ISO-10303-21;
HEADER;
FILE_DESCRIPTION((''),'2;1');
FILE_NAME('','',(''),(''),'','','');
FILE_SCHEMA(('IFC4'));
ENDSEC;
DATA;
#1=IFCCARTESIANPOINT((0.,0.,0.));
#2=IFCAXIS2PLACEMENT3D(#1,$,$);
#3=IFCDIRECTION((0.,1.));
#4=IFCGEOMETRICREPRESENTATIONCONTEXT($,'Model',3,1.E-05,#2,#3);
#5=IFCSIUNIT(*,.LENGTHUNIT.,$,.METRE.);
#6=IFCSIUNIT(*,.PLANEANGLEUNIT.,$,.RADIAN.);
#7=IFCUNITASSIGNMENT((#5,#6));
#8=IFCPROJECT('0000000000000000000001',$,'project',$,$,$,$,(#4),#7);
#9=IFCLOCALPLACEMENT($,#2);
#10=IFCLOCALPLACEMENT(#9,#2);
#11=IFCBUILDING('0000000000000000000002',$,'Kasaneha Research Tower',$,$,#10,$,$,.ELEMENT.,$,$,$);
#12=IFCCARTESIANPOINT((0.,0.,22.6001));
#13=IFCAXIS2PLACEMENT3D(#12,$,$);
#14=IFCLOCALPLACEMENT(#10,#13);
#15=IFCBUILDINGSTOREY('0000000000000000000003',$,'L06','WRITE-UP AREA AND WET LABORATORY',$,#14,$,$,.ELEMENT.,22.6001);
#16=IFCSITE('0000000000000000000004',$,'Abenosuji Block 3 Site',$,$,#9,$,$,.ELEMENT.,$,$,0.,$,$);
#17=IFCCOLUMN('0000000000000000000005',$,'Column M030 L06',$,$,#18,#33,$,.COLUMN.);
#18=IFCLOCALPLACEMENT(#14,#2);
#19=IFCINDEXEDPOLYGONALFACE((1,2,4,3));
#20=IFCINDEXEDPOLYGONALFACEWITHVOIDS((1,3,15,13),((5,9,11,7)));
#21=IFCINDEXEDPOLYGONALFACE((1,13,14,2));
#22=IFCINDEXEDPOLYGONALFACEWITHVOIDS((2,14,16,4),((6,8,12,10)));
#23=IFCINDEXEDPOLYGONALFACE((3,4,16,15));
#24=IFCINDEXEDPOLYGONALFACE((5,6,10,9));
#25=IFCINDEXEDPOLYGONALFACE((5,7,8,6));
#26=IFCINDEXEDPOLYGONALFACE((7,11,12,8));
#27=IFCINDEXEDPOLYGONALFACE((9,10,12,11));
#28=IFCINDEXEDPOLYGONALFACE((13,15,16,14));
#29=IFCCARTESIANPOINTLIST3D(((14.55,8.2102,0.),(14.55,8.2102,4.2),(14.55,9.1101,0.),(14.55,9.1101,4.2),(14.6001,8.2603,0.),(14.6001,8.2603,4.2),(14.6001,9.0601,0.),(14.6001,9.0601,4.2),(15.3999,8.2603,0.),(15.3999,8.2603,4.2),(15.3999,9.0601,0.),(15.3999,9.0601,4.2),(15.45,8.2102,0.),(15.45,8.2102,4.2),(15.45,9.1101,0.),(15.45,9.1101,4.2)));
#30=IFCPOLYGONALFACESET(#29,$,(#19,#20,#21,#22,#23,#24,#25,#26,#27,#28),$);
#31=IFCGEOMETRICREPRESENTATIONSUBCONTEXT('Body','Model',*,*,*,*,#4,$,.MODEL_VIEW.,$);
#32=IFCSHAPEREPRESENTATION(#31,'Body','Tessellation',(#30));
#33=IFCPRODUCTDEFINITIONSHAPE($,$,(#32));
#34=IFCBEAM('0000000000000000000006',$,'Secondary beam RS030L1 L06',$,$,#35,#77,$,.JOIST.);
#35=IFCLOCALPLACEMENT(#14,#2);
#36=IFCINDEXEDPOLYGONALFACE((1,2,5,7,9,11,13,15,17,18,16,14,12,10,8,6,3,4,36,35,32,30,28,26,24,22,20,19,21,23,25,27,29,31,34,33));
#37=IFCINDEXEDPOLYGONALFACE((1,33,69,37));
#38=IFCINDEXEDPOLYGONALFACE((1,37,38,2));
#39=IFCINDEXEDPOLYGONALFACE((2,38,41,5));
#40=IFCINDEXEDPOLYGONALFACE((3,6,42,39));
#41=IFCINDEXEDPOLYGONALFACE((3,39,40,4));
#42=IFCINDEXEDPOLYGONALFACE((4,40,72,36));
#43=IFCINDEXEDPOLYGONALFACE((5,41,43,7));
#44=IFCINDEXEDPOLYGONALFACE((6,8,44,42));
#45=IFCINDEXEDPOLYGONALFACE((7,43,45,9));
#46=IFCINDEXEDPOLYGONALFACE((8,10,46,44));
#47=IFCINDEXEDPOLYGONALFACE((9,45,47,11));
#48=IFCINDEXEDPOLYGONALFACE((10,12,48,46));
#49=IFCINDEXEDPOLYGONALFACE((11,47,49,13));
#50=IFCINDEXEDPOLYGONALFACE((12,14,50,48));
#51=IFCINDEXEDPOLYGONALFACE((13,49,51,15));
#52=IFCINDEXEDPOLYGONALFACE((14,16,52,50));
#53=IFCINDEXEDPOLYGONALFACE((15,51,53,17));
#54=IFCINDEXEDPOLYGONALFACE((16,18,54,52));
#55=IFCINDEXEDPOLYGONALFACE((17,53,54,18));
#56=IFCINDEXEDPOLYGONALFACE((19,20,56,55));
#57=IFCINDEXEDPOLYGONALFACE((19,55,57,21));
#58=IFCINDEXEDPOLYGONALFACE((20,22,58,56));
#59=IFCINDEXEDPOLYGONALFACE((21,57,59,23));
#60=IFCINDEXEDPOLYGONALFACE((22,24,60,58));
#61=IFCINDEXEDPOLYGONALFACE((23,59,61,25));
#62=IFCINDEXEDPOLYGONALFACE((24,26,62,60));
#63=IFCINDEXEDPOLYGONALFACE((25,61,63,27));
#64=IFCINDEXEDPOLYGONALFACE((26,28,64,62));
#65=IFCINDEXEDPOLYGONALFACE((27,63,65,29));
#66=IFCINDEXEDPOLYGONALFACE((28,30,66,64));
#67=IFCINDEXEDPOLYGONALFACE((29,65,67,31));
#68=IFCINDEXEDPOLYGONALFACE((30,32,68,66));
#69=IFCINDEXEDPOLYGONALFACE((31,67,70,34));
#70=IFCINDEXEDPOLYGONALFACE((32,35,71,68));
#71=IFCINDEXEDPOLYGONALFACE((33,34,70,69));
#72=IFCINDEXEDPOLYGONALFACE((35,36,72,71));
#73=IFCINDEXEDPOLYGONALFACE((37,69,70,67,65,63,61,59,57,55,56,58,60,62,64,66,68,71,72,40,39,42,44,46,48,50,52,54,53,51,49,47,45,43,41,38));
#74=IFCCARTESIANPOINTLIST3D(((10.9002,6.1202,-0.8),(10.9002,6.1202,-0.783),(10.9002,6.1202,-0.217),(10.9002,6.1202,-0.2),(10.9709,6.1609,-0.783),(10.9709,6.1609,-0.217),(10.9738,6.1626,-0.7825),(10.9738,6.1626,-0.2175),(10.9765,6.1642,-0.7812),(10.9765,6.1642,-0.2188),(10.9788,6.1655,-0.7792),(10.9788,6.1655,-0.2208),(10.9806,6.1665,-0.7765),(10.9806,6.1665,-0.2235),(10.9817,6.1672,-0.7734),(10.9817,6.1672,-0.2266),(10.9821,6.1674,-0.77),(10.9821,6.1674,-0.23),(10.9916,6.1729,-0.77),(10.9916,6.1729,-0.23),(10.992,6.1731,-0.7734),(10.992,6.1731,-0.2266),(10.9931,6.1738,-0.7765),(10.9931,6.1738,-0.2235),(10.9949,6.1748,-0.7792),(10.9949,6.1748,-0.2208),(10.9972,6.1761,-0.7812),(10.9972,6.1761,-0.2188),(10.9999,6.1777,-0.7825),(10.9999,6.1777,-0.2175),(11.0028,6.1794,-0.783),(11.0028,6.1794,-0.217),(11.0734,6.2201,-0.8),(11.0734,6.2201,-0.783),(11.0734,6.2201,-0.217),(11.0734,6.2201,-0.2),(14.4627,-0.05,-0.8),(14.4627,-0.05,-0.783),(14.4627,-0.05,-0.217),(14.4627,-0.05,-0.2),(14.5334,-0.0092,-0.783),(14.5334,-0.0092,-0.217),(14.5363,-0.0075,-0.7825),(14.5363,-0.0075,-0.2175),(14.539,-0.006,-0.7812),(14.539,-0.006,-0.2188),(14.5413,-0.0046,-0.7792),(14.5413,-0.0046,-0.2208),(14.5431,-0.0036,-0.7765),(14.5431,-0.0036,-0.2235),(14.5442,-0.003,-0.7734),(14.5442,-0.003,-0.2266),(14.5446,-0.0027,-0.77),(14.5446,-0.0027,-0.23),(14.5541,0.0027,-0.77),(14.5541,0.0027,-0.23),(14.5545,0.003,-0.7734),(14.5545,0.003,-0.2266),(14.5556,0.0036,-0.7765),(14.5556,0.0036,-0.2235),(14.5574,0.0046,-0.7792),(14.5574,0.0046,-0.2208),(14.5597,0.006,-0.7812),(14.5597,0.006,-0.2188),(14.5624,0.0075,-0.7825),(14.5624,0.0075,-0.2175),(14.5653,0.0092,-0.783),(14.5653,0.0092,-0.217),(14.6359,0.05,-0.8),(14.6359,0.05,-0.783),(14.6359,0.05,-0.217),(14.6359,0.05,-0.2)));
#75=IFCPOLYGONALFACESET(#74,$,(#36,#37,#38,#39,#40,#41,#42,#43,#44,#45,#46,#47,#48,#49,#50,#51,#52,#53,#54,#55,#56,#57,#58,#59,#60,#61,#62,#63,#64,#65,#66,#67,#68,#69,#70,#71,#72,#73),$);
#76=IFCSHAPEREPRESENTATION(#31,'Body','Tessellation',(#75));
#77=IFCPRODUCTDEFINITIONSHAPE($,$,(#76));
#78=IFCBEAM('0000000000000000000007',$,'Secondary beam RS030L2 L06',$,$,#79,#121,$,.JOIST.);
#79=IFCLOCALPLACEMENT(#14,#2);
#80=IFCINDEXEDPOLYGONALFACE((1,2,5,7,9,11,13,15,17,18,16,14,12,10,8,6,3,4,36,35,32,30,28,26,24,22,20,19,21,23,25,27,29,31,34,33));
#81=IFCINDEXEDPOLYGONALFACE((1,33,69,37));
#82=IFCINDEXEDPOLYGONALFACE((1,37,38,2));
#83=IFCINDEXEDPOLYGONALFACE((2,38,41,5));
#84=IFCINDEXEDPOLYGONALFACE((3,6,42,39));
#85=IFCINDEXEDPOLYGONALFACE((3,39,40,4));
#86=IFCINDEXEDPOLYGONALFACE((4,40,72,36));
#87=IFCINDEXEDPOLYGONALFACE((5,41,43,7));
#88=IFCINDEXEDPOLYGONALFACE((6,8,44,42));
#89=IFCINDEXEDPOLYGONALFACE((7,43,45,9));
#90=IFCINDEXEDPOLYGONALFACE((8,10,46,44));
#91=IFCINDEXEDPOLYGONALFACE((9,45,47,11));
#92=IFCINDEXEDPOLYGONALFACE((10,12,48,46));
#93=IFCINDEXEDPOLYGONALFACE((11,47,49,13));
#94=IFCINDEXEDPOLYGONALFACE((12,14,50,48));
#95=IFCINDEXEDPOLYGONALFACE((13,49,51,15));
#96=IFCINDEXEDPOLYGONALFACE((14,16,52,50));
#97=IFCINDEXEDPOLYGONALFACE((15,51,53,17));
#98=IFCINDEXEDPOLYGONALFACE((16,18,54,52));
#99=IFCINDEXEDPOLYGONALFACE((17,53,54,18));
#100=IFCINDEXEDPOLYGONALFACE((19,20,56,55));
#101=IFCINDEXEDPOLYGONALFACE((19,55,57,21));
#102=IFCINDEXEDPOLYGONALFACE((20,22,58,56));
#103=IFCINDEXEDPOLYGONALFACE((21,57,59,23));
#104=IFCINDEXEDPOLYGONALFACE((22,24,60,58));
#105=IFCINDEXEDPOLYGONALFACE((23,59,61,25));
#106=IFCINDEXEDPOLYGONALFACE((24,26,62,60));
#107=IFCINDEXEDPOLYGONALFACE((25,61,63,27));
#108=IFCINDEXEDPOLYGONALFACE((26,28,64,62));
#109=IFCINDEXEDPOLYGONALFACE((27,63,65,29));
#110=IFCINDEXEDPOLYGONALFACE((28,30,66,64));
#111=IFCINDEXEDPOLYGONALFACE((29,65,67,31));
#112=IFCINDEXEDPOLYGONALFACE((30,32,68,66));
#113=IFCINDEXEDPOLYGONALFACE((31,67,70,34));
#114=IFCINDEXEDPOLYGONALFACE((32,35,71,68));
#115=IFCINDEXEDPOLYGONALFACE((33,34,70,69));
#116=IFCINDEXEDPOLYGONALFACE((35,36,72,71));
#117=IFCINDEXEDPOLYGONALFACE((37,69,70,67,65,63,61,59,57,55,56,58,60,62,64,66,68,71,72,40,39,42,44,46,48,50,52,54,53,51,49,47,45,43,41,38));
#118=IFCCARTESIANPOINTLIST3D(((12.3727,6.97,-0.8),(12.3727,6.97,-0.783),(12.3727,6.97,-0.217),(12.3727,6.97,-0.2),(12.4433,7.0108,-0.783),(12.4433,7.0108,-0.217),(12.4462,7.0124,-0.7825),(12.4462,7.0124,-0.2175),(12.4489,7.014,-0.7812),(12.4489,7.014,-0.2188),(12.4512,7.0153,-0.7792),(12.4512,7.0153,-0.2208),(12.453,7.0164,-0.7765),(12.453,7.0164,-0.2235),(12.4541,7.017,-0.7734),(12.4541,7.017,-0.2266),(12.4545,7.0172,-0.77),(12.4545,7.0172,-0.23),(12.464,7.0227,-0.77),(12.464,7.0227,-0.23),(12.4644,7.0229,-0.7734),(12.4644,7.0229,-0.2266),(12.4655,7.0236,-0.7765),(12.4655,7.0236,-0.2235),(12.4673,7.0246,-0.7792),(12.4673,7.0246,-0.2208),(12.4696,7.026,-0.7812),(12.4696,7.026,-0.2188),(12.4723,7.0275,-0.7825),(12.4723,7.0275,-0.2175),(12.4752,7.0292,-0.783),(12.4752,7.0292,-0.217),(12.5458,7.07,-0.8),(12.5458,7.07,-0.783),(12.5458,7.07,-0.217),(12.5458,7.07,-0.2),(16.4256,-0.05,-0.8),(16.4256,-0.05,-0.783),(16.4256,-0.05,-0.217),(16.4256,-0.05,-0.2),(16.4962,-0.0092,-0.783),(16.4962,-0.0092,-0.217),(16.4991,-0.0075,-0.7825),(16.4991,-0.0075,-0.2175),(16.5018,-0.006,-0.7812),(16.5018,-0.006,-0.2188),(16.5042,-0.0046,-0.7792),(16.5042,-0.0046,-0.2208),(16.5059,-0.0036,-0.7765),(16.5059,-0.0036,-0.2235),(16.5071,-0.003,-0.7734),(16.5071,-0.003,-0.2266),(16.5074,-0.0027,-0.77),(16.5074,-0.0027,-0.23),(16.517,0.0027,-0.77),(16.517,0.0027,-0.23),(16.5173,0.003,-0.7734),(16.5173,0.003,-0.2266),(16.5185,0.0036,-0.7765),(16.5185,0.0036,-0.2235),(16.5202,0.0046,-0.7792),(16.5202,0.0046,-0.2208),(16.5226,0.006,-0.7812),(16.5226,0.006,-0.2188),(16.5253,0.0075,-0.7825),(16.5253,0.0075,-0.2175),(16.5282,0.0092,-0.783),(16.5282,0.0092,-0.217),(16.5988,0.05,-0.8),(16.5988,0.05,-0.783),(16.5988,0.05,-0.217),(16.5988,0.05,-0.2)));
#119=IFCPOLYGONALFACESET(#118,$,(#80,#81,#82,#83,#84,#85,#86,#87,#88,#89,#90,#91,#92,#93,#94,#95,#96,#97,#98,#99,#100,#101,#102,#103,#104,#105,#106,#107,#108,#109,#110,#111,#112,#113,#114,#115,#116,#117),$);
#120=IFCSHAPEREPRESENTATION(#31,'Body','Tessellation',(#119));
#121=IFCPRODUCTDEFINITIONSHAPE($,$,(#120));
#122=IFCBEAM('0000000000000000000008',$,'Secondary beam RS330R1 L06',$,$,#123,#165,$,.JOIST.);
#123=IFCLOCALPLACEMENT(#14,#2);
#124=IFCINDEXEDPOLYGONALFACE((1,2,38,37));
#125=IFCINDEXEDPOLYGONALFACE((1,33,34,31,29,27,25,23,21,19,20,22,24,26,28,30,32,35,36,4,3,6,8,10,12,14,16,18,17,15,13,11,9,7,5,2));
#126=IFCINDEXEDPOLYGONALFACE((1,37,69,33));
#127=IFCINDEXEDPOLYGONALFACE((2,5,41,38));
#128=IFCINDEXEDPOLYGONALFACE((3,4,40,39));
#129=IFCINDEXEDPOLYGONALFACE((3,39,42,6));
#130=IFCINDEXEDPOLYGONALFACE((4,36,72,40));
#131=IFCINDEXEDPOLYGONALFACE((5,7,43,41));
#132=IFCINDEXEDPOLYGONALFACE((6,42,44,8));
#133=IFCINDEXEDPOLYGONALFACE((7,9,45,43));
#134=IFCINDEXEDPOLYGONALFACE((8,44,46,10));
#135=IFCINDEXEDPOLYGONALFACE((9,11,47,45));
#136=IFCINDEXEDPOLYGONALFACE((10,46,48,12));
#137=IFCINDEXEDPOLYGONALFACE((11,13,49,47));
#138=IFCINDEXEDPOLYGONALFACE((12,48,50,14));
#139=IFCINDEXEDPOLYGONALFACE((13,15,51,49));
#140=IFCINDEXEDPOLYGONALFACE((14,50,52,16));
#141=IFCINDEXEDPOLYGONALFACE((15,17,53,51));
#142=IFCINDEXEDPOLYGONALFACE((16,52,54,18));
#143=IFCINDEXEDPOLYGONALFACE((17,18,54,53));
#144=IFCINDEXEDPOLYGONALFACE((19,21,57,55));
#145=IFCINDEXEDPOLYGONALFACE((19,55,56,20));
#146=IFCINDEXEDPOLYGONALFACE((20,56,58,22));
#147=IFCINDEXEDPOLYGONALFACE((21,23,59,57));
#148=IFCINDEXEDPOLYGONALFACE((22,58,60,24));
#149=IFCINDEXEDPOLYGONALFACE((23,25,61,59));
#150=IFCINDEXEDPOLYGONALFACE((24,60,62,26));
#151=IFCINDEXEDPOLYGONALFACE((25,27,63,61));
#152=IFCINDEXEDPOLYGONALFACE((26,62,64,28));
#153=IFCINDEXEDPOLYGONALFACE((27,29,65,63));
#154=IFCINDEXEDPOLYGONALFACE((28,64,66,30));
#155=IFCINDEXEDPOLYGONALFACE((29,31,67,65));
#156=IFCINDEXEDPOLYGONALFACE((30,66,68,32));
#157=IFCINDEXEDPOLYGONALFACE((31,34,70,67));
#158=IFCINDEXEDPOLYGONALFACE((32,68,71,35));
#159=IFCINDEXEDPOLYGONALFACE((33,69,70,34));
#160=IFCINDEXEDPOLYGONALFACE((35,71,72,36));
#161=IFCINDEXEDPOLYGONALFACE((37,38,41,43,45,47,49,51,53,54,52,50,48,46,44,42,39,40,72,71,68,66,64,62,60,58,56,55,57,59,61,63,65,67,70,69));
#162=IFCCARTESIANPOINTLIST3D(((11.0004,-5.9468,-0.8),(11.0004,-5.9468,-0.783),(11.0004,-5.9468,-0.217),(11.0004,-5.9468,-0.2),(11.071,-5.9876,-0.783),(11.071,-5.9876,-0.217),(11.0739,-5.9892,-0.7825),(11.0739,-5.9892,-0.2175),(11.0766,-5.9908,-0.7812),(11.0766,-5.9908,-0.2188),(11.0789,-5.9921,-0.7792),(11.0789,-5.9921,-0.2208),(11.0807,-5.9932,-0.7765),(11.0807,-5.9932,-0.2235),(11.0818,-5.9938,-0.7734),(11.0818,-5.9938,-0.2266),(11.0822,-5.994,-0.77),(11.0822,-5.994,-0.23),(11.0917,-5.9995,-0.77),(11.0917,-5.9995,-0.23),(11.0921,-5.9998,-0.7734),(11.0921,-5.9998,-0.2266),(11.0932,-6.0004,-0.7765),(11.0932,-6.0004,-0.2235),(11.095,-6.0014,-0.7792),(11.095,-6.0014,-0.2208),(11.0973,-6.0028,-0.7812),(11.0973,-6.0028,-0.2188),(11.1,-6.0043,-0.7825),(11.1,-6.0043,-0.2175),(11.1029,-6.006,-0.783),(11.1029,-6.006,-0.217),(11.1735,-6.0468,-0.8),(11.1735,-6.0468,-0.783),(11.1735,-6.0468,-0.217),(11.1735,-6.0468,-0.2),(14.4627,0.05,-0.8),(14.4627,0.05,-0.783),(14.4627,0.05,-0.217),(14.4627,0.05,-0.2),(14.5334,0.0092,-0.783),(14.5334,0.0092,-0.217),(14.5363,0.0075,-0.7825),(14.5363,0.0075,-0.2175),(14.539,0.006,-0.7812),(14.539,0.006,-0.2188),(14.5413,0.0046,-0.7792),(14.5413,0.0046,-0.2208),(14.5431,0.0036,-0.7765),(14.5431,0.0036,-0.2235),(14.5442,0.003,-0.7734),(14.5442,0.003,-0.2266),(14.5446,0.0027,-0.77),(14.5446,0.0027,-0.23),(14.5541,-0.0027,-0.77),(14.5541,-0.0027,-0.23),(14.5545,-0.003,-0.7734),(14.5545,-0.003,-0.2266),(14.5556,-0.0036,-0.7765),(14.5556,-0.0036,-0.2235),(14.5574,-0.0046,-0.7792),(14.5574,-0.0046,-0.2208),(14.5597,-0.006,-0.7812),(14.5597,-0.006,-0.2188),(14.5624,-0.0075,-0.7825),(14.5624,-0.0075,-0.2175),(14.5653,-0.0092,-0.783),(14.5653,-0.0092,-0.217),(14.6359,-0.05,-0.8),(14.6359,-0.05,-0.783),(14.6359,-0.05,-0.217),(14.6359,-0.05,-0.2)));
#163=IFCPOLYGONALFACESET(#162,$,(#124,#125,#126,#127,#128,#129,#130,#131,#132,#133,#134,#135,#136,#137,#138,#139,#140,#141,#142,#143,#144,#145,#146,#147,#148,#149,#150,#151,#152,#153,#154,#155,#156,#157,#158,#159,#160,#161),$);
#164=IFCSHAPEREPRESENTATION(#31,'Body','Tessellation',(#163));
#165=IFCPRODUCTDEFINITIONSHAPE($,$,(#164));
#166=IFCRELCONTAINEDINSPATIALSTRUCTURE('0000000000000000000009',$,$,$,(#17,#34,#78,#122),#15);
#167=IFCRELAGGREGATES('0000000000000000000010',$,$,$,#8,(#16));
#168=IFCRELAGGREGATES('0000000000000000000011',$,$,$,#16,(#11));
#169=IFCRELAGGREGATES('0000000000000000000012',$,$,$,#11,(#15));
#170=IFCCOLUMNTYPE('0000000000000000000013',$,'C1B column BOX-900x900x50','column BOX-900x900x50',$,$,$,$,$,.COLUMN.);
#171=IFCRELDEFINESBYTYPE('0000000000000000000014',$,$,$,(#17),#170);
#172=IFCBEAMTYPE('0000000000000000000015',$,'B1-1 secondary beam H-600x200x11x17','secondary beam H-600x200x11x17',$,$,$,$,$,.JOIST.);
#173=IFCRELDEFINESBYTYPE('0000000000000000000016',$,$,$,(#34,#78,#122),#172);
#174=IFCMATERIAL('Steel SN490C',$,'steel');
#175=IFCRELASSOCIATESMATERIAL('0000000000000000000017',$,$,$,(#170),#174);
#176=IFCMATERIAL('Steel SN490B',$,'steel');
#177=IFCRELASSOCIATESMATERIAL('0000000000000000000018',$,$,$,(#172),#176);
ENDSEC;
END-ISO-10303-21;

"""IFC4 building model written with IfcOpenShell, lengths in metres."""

from ifc_helpers import new_model, si_unit, direction, frame, origin, origin_2d, place, context, subcontext, project, spatial, hollow_rectangle, i_section, extrude, material, material_profile, profile_set, type_object, element, save


model = new_model("IFC4")

# Units and contexts
model_context = context("Model", 3, precision=1e-05, world=origin(), true_north=direction((0.0, 1.0)))
body_context = subcontext(model_context, "Body", "Model", "MODEL_VIEW")
ifc_project = project(units=[si_unit("LENGTHUNIT", "METRE"), si_unit("PLANEANGLEUNIT", "RADIAN")], contexts=[model_context])

# Site, building, storey
site_placement = place(None, origin())
site = spatial("IfcSite", under=ifc_project, at=site_placement, Name="Abenosuji Block 3 Site", CompositionType="ELEMENT", RefElevation=0.0)
building_placement = place(site_placement, origin())
building = spatial("IfcBuilding", under=site, at=building_placement, Name="Kasaneha Research Tower", CompositionType="ELEMENT")
storey_placement = place(building_placement, frame((0.0, 0.0, 22.6001)))
storey = spatial("IfcBuildingStorey", under=building, at=storey_placement, Name="L06", Description="WRITE-UP AREA AND WET LABORATORY", CompositionType="ELEMENT", Elevation=22.6001)

# Column
ifc_material_1 = material(Name="Steel SN490C", Category="steel")
ifc_material_profile_1 = material_profile(ifc_material_1, hollow_rectangle(XDim=0.8999, YDim=0.8999, WallThickness=0.05, at=origin_2d()), Name="BOX-900x900x50")
ifc_profile_set_1 = profile_set([ifc_material_profile_1], Name="Steel SN490C")
column_type = type_object("IfcColumnType", Name="C1B column BOX-900x900x50", Description="column BOX-900x900x50", PredefinedType="COLUMN", material=ifc_profile_set_1)
column_placement = place(storey_placement, frame((15.0, 8.6602, 0.0), z_axis=(0.0, 0.0, 1.0), x_axis=(1.0, 0.0, 0.0)))
element("IfcColumn", 1, at=column_placement, inside=storey, type_object=column_type, Name="Column M030 L06", PredefinedType="COLUMN", context=body_context, shape_type="SweptSolid", body=[
    extrude(hollow_rectangle(XDim=0.8999, YDim=0.8999, WallThickness=0.05, at=origin_2d()), origin(), (0.0, 0.0, 1.0), 4.2),
])

# Beams
ifc_material_2 = material(Name="Steel SN490B", Category="steel")
ifc_material_profile_2 = material_profile(ifc_material_2, i_section(OverallWidth=0.2, OverallDepth=0.6001, WebThickness=0.011, FlangeThickness=0.0171, FilletRadius=0.0129, at=origin_2d()), Name="H-600x200x11x17")
ifc_profile_set_2 = profile_set([ifc_material_profile_2], Name="Steel SN490B")
beam_type_1 = type_object("IfcBeamType", Name="B1-1 secondary beam H-600x200x11x17", Description="secondary beam H-600x200x11x17", PredefinedType="JOIST", material=ifc_profile_set_2)
beam_1_placement = place(storey_placement, frame((14.5493, 0.0, -0.5), z_axis=(-0.500016, 0.866016, 0.0), x_axis=(-0.866016, -0.500016, 0.0)))
element("IfcBeam", 2, at=beam_1_placement, inside=storey, type_object=beam_type_1, Name="Secondary beam RS030L1 L06", PredefinedType="JOIST", context=body_context, shape_type="SweptSolid", body=[
    extrude(i_section(OverallWidth=0.2, OverallDepth=0.6001, WebThickness=0.011, FlangeThickness=0.0171, FilletRadius=0.0129, at=origin_2d()), origin(), (0.0, 0.0, 1.0), 7.1248),
])
beam_2_placement = place(storey_placement, frame((16.5122, 0.0, -0.5), z_axis=(-0.499997, 0.866027, 0.0), x_axis=(-0.866027, -0.499997, 0.0)))
element("IfcBeam", 3, at=beam_2_placement, inside=storey, type_object=beam_type_1, Name="Secondary beam RS030L2 L06", PredefinedType="JOIST", context=body_context, shape_type="SweptSolid", body=[
    extrude(i_section(OverallWidth=0.2, OverallDepth=0.6001, WebThickness=0.011, FlangeThickness=0.0171, FilletRadius=0.0129, at=origin_2d()), origin(), (0.0, 0.0, 1.0), 8.106),
])
beam_3_placement = place(storey_placement, frame((14.5493, 0.0, -0.5), z_axis=(-0.500014, -0.866017, 0.0), x_axis=(0.866017, -0.500014, 0.0)))
element("IfcBeam", 4, at=beam_3_placement, inside=storey, type_object=beam_type_1, Name="Secondary beam RS330R1 L06", PredefinedType="JOIST", context=body_context, shape_type="SweptSolid", body=[
    extrude(i_section(OverallWidth=0.2, OverallDepth=0.6001, WebThickness=0.011, FlangeThickness=0.0171, FilletRadius=0.0129, at=origin_2d()), origin(), (0.0, 0.0, 1.0), 6.9246),
])

save(model, "model.ifc")
